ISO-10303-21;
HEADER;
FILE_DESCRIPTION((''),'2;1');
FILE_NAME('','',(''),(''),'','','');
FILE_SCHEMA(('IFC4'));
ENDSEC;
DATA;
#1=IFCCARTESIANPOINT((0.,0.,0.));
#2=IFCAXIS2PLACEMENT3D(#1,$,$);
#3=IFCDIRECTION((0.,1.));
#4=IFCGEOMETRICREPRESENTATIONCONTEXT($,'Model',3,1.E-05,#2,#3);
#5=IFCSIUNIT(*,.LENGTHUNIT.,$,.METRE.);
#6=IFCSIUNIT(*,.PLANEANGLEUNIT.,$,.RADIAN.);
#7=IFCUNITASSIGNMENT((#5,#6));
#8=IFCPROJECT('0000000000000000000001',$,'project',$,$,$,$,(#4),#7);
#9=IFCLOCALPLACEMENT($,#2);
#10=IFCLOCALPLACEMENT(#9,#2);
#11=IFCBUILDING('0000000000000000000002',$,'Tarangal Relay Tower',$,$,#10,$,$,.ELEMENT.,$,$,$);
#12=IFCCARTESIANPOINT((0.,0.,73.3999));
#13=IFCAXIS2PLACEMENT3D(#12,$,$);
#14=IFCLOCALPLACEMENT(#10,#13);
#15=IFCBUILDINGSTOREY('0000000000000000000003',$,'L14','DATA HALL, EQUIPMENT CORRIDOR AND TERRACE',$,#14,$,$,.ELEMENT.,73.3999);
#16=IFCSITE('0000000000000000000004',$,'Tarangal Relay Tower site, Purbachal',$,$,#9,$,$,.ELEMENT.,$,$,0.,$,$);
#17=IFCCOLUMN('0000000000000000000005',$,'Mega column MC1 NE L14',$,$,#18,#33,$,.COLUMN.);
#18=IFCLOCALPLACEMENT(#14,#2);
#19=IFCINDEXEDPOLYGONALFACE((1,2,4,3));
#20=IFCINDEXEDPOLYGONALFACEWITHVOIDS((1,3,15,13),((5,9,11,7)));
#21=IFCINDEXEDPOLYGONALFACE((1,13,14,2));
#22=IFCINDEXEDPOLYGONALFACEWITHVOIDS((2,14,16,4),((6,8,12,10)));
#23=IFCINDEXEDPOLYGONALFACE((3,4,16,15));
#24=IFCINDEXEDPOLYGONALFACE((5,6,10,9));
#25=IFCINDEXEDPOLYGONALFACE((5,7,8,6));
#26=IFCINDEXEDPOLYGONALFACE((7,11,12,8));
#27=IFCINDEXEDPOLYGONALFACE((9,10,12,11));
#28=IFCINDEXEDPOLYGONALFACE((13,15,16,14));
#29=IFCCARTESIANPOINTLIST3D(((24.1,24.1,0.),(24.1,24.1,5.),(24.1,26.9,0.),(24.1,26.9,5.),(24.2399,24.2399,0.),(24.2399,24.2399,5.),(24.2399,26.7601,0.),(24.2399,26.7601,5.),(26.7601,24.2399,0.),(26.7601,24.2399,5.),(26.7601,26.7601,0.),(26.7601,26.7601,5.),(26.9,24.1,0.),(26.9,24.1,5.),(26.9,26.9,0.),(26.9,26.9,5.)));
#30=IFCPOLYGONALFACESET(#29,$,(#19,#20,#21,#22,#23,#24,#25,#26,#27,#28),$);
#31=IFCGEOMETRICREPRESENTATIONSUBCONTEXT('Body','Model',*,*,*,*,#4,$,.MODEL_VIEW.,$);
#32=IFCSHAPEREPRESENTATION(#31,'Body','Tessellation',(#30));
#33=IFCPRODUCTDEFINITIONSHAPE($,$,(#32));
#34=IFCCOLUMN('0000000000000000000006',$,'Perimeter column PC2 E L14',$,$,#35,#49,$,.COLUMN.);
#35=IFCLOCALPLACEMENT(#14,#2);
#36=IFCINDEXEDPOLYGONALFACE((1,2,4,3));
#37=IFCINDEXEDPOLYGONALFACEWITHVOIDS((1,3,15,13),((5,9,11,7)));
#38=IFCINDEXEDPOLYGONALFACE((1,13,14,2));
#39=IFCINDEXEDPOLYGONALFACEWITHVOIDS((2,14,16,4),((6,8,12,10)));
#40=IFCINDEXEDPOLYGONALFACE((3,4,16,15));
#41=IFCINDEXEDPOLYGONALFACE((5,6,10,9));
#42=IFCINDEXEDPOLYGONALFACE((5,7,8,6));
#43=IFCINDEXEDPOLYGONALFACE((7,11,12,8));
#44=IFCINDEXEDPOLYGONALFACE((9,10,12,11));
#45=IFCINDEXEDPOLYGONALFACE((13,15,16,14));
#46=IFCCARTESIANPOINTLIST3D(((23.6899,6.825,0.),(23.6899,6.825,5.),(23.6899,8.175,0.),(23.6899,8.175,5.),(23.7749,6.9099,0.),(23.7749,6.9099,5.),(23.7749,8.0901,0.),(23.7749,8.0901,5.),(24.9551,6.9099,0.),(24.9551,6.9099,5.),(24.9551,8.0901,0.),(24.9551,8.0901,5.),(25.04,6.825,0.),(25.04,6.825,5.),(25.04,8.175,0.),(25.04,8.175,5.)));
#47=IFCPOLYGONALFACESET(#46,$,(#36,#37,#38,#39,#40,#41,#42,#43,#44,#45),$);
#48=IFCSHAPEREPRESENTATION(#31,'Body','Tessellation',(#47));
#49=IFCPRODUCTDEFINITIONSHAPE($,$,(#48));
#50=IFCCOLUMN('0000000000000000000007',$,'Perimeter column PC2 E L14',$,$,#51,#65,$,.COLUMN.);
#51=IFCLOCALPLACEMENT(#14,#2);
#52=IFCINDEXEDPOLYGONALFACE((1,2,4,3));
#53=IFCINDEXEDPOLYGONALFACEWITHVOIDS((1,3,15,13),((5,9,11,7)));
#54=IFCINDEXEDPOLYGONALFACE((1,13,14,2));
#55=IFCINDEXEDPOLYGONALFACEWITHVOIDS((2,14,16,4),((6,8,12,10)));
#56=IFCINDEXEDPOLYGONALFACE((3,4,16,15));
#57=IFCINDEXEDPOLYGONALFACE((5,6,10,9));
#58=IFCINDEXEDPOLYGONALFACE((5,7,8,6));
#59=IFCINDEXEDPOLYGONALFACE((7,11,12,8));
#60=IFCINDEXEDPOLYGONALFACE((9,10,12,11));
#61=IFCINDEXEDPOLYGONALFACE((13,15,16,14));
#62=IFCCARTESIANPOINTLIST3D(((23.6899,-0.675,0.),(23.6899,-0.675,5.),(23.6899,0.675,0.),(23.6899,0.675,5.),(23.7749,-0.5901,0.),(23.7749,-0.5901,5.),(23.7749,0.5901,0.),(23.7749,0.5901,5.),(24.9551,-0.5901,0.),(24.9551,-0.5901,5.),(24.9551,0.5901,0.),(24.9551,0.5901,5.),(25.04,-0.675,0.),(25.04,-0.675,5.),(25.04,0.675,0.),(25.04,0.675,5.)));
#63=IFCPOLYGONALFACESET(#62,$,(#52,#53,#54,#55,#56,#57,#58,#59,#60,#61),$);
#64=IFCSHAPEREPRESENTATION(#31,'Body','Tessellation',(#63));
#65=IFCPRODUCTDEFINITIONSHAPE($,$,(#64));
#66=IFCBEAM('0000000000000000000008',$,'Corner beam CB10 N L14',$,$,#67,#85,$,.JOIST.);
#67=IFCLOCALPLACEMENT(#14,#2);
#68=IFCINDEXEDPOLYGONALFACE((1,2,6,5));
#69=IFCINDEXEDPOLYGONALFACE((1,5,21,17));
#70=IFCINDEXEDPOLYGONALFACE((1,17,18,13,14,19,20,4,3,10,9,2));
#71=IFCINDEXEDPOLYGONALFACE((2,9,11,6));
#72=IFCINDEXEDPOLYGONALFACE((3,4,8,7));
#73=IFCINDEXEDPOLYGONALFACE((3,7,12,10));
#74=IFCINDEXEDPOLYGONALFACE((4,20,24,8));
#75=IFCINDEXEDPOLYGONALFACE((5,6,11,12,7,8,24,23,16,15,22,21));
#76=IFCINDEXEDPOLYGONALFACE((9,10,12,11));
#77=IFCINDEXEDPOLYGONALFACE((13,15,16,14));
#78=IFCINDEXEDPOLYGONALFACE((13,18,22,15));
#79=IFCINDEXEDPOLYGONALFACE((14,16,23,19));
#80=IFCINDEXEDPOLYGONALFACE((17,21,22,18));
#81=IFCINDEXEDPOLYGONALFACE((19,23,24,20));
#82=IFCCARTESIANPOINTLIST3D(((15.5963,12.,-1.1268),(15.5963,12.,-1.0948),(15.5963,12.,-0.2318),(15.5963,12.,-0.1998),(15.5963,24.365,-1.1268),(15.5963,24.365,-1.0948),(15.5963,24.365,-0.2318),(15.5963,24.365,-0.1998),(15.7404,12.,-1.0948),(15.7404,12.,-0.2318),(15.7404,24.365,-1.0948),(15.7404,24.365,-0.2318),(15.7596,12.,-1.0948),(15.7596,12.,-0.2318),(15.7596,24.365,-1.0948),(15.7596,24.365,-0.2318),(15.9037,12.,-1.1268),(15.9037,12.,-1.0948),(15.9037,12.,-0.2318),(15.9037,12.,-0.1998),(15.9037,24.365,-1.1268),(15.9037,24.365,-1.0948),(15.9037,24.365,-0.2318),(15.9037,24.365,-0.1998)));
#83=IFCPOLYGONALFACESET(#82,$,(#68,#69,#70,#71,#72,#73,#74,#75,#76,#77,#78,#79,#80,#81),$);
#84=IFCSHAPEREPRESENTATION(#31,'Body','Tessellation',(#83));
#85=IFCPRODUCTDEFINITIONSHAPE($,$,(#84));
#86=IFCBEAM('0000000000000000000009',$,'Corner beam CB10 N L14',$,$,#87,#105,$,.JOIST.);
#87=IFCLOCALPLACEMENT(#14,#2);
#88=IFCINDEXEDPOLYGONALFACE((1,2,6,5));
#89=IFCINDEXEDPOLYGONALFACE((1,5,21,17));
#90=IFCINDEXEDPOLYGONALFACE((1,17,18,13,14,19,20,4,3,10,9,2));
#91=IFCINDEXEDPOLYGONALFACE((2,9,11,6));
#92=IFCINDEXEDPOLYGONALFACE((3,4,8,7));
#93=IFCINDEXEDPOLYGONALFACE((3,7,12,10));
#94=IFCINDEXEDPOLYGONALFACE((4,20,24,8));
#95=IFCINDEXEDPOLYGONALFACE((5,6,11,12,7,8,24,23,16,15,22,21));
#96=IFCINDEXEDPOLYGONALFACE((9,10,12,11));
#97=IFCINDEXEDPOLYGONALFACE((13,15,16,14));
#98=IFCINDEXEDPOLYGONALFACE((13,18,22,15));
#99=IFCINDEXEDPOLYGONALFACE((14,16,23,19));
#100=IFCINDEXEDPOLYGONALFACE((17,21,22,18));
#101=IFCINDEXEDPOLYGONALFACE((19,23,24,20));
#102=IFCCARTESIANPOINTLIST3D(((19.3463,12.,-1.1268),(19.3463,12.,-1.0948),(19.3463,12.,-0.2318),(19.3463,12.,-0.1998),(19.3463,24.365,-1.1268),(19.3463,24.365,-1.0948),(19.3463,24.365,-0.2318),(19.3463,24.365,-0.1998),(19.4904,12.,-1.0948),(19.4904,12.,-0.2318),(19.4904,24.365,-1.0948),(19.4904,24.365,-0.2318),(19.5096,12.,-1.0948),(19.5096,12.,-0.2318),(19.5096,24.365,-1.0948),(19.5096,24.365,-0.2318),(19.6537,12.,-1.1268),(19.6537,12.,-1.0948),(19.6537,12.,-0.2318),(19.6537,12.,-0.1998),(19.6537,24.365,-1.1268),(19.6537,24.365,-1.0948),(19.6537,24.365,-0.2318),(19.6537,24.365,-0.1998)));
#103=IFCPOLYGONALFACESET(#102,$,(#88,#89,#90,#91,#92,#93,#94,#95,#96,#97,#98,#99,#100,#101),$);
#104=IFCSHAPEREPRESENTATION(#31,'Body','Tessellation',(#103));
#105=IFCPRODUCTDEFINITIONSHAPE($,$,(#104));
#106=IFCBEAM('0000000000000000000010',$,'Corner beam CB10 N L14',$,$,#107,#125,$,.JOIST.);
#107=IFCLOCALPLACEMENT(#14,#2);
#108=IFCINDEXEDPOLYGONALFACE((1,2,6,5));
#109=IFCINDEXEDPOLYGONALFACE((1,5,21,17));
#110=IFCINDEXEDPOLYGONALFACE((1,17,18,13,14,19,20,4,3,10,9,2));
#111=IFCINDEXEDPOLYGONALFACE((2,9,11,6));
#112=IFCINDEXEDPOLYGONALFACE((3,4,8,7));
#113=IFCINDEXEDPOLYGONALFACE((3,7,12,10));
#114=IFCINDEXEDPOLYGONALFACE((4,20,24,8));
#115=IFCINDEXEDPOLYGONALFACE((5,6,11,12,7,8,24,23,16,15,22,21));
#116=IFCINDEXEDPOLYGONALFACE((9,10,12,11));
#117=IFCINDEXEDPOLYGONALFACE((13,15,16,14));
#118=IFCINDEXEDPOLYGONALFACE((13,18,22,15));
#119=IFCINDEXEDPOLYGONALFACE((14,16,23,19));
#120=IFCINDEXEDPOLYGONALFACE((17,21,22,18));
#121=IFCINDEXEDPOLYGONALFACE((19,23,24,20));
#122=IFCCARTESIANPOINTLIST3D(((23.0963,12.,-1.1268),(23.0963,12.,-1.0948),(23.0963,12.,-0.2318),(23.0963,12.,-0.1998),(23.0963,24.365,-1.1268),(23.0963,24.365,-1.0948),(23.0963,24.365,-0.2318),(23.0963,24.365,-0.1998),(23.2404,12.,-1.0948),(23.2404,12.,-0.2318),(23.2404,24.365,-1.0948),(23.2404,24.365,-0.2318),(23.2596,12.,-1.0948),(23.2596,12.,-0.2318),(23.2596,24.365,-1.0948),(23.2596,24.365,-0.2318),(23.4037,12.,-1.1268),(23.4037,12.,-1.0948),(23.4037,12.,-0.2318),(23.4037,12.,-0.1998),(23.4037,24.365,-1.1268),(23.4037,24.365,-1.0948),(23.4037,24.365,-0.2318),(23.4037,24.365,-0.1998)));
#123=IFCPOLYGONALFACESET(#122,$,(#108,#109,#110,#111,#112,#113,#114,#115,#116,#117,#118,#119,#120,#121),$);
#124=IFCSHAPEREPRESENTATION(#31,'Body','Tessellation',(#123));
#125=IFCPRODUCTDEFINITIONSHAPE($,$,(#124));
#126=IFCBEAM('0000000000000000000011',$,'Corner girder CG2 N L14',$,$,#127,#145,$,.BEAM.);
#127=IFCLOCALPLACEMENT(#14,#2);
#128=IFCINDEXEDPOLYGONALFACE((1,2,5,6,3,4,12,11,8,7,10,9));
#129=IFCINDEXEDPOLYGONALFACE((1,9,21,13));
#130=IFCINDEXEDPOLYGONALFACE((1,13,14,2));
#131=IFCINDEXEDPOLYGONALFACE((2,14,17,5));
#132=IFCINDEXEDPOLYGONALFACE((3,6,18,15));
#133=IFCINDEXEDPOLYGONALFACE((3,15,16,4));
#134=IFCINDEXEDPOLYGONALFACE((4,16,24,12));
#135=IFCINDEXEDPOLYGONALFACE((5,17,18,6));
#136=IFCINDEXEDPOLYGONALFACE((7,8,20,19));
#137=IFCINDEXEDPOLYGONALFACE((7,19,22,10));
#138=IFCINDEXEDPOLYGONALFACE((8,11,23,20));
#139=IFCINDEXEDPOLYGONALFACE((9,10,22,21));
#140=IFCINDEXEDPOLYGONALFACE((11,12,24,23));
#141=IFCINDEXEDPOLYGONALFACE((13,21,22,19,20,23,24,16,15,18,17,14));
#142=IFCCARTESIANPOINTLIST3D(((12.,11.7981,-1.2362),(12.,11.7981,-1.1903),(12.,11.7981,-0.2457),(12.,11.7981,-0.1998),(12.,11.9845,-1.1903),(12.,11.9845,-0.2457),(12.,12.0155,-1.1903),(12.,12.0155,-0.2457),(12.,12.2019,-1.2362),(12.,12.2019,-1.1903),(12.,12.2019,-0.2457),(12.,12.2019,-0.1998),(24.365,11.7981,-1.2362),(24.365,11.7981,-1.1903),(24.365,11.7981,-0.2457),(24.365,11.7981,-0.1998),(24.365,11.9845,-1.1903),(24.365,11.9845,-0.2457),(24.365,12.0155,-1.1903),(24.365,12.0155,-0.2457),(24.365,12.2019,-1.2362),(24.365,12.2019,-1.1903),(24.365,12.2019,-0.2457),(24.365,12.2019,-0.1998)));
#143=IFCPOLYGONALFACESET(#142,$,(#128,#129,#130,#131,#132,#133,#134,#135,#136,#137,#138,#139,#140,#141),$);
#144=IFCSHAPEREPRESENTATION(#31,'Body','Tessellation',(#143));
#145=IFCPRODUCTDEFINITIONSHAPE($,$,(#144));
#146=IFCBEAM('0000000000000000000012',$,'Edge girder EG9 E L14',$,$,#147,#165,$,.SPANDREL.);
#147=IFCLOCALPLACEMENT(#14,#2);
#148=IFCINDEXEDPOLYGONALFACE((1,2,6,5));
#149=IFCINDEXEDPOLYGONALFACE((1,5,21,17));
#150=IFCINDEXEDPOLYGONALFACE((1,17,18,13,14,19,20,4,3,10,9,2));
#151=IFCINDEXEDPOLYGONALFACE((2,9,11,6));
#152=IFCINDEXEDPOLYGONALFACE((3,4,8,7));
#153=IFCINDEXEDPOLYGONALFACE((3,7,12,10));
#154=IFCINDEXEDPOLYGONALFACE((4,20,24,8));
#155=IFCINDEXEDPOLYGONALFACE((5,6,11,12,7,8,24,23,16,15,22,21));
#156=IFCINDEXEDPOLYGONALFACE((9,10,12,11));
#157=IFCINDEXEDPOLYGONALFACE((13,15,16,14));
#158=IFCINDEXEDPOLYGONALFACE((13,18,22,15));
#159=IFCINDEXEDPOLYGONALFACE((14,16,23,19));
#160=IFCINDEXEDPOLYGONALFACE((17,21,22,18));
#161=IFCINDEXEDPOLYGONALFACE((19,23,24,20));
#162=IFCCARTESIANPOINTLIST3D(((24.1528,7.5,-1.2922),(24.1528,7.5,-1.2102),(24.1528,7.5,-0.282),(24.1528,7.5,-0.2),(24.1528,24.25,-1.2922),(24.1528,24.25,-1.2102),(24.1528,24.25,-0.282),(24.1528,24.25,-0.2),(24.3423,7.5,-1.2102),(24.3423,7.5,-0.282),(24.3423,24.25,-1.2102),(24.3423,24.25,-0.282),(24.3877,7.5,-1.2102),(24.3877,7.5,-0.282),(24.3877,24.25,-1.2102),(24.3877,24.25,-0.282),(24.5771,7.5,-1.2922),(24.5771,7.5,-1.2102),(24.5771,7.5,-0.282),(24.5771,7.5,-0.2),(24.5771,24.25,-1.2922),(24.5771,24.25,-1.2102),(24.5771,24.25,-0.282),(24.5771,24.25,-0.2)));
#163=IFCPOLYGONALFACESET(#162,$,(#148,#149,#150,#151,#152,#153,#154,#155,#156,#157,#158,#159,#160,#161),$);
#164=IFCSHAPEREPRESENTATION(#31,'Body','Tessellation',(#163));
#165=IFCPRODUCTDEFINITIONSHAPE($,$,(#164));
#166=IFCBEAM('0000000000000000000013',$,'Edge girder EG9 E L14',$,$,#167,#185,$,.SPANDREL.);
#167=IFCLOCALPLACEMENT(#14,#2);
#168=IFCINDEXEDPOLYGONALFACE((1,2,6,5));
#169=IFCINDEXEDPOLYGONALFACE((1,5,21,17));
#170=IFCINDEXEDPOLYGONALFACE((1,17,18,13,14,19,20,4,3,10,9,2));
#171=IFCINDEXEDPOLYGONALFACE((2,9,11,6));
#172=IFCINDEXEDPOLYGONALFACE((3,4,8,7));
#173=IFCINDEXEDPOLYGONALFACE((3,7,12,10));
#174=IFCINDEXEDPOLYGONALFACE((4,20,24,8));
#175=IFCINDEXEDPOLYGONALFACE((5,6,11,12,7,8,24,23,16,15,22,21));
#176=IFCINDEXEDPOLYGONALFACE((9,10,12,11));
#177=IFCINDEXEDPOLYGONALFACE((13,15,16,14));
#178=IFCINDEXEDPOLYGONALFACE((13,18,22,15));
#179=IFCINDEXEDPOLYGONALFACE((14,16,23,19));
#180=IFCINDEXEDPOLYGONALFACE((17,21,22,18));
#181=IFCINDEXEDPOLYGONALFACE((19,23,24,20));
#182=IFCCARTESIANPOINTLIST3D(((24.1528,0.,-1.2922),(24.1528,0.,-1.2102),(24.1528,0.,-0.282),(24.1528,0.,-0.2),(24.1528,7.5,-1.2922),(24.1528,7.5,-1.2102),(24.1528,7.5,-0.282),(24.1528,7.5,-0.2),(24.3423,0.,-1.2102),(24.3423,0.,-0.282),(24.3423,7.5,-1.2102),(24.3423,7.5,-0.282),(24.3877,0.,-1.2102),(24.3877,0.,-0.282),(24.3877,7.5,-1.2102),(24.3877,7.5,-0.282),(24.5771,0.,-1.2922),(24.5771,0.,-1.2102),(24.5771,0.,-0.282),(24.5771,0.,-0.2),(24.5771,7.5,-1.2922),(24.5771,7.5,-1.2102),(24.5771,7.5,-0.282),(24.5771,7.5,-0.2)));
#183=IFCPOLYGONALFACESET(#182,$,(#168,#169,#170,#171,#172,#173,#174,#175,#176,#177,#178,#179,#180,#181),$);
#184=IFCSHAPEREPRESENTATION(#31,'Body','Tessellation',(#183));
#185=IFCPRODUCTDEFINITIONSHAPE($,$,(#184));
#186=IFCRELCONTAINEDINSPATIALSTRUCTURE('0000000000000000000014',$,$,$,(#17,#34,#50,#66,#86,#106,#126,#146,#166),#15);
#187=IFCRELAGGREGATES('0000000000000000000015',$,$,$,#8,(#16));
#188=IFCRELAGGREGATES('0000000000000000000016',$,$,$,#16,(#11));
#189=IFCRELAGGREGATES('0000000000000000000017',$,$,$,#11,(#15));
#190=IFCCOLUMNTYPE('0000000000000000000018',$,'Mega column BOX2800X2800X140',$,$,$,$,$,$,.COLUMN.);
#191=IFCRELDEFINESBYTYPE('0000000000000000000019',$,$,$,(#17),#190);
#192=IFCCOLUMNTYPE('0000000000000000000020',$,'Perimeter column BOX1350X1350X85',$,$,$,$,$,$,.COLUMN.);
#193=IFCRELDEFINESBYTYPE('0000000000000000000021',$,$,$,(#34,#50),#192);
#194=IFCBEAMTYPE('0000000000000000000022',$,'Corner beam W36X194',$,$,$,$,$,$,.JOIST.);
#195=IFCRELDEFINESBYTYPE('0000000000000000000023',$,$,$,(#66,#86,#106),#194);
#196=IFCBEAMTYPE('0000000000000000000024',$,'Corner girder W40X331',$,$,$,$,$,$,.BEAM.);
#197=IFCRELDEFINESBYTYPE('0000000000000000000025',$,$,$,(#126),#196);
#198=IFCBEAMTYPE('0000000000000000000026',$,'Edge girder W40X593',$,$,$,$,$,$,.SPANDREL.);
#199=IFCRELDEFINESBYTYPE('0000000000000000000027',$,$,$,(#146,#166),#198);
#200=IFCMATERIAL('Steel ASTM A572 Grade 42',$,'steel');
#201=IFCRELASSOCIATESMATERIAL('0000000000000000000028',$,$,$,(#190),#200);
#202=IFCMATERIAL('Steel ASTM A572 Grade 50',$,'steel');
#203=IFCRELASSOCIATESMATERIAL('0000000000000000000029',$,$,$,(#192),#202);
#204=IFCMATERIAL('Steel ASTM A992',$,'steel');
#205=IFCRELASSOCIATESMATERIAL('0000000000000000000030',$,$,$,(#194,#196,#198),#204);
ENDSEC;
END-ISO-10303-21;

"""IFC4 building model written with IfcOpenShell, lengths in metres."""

from ifc_helpers import new_model, si_unit, direction, frame, origin, origin_2d, place, context, subcontext, project, spatial, hollow_rectangle, i_section, extrude, material, material_profile, profile_set, type_object, element, save


model = new_model("IFC4")

# Units and contexts
model_context = context("Model", 3, precision=1e-05, world=origin(), true_north=direction((0.0, 1.0)))
body_context = subcontext(model_context, "Body", "Model", "MODEL_VIEW")
ifc_project = project(units=[si_unit("LENGTHUNIT", "METRE"), si_unit("PLANEANGLEUNIT", "RADIAN")], contexts=[model_context])

# Site, building, storey
site_placement = place(None, origin())
site = spatial("IfcSite", under=ifc_project, at=site_placement, Name="Tarangal Relay Tower site, Purbachal", CompositionType="ELEMENT", RefElevation=0.0)
building_placement = place(site_placement, origin())
building = spatial("IfcBuilding", under=site, at=building_placement, Name="Tarangal Relay Tower", CompositionType="ELEMENT")
storey_placement = place(building_placement, frame((0.0, 0.0, 73.3999)))
storey = spatial("IfcBuildingStorey", under=building, at=storey_placement, Name="L14", Description="DATA HALL, EQUIPMENT CORRIDOR AND TERRACE", CompositionType="ELEMENT", Elevation=73.3999)

# Columns
ifc_material_1 = material(Name="Steel ASTM A572 Grade 42", Category="steel")
ifc_material_profile_1 = material_profile(ifc_material_1, hollow_rectangle(XDim=2.8, YDim=2.8, WallThickness=0.1399, at=origin_2d()), Name="BOX2800X2800X140")
ifc_profile_set_1 = profile_set([ifc_material_profile_1], Name="Steel ASTM A572 Grade 42")
column_type_1 = type_object("IfcColumnType", Name="Mega column BOX2800X2800X140", PredefinedType="COLUMN", material=ifc_profile_set_1)
column_placement = place(storey_placement, frame((25.5, 25.5, 0.0), z_axis=(0.0, 0.0, 1.0), x_axis=(1.0, 0.0, 0.0)))
element("IfcColumn", 1, at=column_placement, inside=storey, type_object=column_type_1, Name="Mega column MC1 NE L14", PredefinedType="COLUMN", context=body_context, shape_type="SweptSolid", body=[
    extrude(hollow_rectangle(XDim=2.8, YDim=2.8, WallThickness=0.1399, at=origin_2d()), origin(), (0.0, 0.0, 1.0), 5.0),
])
ifc_material_2 = material(Name="Steel ASTM A572 Grade 50", Category="steel")
ifc_material_profile_2 = material_profile(ifc_material_2, hollow_rectangle(XDim=1.3501, YDim=1.3501, WallThickness=0.085, at=origin_2d()), Name="BOX1350X1350X85")
ifc_profile_set_2 = profile_set([ifc_material_profile_2], Name="Steel ASTM A572 Grade 50")
column_type_2 = type_object("IfcColumnType", Name="Perimeter column BOX1350X1350X85", PredefinedType="COLUMN", material=ifc_profile_set_2)
for number, where, z_axis, x_axis, name in (
    (2, (24.365, 7.5, 0.0), (0.0, 0.0, 1.0), (1.0, 0.0, 0.0), "Perimeter column PC2 E L14"),
    (3, (24.365, 0.0, 0.0), (0.0, 0.0, 1.0), (1.0, 0.0, 0.0), "Perimeter column PC2 E L14"),
):
    element("IfcColumn", number, at=place(storey_placement, frame(where, z_axis=z_axis, x_axis=x_axis)), inside=storey, type_object=column_type_2, Name=name, PredefinedType="COLUMN", context=body_context, shape_type="SweptSolid", body=[
        extrude(hollow_rectangle(XDim=1.3501, YDim=1.3501, WallThickness=0.085, at=origin_2d()), origin(), (0.0, 0.0, 1.0), 5.0),
    ])

# Beams
ifc_material_3 = material(Name="Steel ASTM A992", Category="steel")
ifc_material_profile_3 = material_profile(ifc_material_3, i_section(OverallWidth=0.3074, OverallDepth=0.927, WebThickness=0.0193, FlangeThickness=0.032, at=origin_2d()), Name="W36X194")
ifc_profile_set_3 = profile_set([ifc_material_profile_3], Name="Steel ASTM A992")
beam_type_1 = type_object("IfcBeamType", Name="Corner beam W36X194", PredefinedType="JOIST", material=ifc_profile_set_3)
for number, where, z_axis, x_axis, name in (
    (4, (15.75, 12.0, -0.6633), (0.0, 1.0, 0.0), (-1.0, 0.0, 0.0), "Corner beam CB10 N L14"),
    (5, (19.5, 12.0, -0.6633), (0.0, 1.0, 0.0), (-1.0, 0.0, 0.0), "Corner beam CB10 N L14"),
    (6, (23.25, 12.0, -0.6633), (0.0, 1.0, 0.0), (-1.0, 0.0, 0.0), "Corner beam CB10 N L14"),
):
    element("IfcBeam", number, at=place(storey_placement, frame(where, z_axis=z_axis, x_axis=x_axis)), inside=storey, type_object=beam_type_1, Name=name, PredefinedType="JOIST", context=body_context, shape_type="SweptSolid", body=[
        extrude(i_section(OverallWidth=0.3074, OverallDepth=0.927, WebThickness=0.0193, FlangeThickness=0.032, at=origin_2d()), origin(), (0.0, 0.0, 1.0), 12.365),
    ])
ifc_material_profile_4 = material_profile(ifc_material_3, i_section(OverallWidth=0.4038, OverallDepth=1.0364, WebThickness=0.031, FlangeThickness=0.0459, at=origin_2d()), Name="W40X331")
ifc_profile_set_4 = profile_set([ifc_material_profile_4], Name="Steel ASTM A992")
beam_type_2 = type_object("IfcBeamType", Name="Corner girder W40X331", PredefinedType="BEAM", material=ifc_profile_set_4)
beam_1_placement = place(storey_placement, frame((12.0, 12.0, -0.718), z_axis=(1.0, 0.0, 0.0), x_axis=(0.0, 1.0, 0.0)))
element("IfcBeam", 7, at=beam_1_placement, inside=storey, type_object=beam_type_2, Name="Corner girder CG2 N L14", PredefinedType="BEAM", context=body_context, shape_type="SweptSolid", body=[
    extrude(i_section(OverallWidth=0.4038, OverallDepth=1.0364, WebThickness=0.031, FlangeThickness=0.0459, at=origin_2d()), origin(), (0.0, 0.0, 1.0), 12.365),
])
ifc_material_profile_5 = material_profile(ifc_material_3, i_section(OverallWidth=0.4243, OverallDepth=1.0923, WebThickness=0.0454, FlangeThickness=0.082, at=origin_2d()), Name="W40X593")
ifc_profile_set_5 = profile_set([ifc_material_profile_5], Name="Steel ASTM A992")
beam_type_3 = type_object("IfcBeamType", Name="Edge girder W40X593", PredefinedType="SPANDREL", material=ifc_profile_set_5)
beam_2_placement = place(storey_placement, frame((24.365, 24.25, -0.7461), z_axis=(0.0, -1.0, 0.0), x_axis=(1.0, 0.0, 0.0)))
element("IfcBeam", 8, at=beam_2_placement, inside=storey, type_object=beam_type_3, Name="Edge girder EG9 E L14", PredefinedType="SPANDREL", context=body_context, shape_type="SweptSolid", body=[
    extrude(i_section(OverallWidth=0.4243, OverallDepth=1.0923, WebThickness=0.0454, FlangeThickness=0.082, at=origin_2d()), origin(), (0.0, 0.0, 1.0), 16.75),
])
for number, where, z_axis, x_axis, name in (
    (9, (24.365, 7.5, -0.7461), (0.0, -1.0, 0.0), (1.0, 0.0, 0.0), "Edge girder EG9 E L14"),
):
    element("IfcBeam", number, at=place(storey_placement, frame(where, z_axis=z_axis, x_axis=x_axis)), inside=storey, type_object=beam_type_3, Name=name, PredefinedType="SPANDREL", context=body_context, shape_type="SweptSolid", body=[
        extrude(i_section(OverallWidth=0.4243, OverallDepth=1.0923, WebThickness=0.0454, FlangeThickness=0.082, at=origin_2d()), origin(), (0.0, 0.0, 1.0), 7.5),
    ])

save(model, "model.ifc")
